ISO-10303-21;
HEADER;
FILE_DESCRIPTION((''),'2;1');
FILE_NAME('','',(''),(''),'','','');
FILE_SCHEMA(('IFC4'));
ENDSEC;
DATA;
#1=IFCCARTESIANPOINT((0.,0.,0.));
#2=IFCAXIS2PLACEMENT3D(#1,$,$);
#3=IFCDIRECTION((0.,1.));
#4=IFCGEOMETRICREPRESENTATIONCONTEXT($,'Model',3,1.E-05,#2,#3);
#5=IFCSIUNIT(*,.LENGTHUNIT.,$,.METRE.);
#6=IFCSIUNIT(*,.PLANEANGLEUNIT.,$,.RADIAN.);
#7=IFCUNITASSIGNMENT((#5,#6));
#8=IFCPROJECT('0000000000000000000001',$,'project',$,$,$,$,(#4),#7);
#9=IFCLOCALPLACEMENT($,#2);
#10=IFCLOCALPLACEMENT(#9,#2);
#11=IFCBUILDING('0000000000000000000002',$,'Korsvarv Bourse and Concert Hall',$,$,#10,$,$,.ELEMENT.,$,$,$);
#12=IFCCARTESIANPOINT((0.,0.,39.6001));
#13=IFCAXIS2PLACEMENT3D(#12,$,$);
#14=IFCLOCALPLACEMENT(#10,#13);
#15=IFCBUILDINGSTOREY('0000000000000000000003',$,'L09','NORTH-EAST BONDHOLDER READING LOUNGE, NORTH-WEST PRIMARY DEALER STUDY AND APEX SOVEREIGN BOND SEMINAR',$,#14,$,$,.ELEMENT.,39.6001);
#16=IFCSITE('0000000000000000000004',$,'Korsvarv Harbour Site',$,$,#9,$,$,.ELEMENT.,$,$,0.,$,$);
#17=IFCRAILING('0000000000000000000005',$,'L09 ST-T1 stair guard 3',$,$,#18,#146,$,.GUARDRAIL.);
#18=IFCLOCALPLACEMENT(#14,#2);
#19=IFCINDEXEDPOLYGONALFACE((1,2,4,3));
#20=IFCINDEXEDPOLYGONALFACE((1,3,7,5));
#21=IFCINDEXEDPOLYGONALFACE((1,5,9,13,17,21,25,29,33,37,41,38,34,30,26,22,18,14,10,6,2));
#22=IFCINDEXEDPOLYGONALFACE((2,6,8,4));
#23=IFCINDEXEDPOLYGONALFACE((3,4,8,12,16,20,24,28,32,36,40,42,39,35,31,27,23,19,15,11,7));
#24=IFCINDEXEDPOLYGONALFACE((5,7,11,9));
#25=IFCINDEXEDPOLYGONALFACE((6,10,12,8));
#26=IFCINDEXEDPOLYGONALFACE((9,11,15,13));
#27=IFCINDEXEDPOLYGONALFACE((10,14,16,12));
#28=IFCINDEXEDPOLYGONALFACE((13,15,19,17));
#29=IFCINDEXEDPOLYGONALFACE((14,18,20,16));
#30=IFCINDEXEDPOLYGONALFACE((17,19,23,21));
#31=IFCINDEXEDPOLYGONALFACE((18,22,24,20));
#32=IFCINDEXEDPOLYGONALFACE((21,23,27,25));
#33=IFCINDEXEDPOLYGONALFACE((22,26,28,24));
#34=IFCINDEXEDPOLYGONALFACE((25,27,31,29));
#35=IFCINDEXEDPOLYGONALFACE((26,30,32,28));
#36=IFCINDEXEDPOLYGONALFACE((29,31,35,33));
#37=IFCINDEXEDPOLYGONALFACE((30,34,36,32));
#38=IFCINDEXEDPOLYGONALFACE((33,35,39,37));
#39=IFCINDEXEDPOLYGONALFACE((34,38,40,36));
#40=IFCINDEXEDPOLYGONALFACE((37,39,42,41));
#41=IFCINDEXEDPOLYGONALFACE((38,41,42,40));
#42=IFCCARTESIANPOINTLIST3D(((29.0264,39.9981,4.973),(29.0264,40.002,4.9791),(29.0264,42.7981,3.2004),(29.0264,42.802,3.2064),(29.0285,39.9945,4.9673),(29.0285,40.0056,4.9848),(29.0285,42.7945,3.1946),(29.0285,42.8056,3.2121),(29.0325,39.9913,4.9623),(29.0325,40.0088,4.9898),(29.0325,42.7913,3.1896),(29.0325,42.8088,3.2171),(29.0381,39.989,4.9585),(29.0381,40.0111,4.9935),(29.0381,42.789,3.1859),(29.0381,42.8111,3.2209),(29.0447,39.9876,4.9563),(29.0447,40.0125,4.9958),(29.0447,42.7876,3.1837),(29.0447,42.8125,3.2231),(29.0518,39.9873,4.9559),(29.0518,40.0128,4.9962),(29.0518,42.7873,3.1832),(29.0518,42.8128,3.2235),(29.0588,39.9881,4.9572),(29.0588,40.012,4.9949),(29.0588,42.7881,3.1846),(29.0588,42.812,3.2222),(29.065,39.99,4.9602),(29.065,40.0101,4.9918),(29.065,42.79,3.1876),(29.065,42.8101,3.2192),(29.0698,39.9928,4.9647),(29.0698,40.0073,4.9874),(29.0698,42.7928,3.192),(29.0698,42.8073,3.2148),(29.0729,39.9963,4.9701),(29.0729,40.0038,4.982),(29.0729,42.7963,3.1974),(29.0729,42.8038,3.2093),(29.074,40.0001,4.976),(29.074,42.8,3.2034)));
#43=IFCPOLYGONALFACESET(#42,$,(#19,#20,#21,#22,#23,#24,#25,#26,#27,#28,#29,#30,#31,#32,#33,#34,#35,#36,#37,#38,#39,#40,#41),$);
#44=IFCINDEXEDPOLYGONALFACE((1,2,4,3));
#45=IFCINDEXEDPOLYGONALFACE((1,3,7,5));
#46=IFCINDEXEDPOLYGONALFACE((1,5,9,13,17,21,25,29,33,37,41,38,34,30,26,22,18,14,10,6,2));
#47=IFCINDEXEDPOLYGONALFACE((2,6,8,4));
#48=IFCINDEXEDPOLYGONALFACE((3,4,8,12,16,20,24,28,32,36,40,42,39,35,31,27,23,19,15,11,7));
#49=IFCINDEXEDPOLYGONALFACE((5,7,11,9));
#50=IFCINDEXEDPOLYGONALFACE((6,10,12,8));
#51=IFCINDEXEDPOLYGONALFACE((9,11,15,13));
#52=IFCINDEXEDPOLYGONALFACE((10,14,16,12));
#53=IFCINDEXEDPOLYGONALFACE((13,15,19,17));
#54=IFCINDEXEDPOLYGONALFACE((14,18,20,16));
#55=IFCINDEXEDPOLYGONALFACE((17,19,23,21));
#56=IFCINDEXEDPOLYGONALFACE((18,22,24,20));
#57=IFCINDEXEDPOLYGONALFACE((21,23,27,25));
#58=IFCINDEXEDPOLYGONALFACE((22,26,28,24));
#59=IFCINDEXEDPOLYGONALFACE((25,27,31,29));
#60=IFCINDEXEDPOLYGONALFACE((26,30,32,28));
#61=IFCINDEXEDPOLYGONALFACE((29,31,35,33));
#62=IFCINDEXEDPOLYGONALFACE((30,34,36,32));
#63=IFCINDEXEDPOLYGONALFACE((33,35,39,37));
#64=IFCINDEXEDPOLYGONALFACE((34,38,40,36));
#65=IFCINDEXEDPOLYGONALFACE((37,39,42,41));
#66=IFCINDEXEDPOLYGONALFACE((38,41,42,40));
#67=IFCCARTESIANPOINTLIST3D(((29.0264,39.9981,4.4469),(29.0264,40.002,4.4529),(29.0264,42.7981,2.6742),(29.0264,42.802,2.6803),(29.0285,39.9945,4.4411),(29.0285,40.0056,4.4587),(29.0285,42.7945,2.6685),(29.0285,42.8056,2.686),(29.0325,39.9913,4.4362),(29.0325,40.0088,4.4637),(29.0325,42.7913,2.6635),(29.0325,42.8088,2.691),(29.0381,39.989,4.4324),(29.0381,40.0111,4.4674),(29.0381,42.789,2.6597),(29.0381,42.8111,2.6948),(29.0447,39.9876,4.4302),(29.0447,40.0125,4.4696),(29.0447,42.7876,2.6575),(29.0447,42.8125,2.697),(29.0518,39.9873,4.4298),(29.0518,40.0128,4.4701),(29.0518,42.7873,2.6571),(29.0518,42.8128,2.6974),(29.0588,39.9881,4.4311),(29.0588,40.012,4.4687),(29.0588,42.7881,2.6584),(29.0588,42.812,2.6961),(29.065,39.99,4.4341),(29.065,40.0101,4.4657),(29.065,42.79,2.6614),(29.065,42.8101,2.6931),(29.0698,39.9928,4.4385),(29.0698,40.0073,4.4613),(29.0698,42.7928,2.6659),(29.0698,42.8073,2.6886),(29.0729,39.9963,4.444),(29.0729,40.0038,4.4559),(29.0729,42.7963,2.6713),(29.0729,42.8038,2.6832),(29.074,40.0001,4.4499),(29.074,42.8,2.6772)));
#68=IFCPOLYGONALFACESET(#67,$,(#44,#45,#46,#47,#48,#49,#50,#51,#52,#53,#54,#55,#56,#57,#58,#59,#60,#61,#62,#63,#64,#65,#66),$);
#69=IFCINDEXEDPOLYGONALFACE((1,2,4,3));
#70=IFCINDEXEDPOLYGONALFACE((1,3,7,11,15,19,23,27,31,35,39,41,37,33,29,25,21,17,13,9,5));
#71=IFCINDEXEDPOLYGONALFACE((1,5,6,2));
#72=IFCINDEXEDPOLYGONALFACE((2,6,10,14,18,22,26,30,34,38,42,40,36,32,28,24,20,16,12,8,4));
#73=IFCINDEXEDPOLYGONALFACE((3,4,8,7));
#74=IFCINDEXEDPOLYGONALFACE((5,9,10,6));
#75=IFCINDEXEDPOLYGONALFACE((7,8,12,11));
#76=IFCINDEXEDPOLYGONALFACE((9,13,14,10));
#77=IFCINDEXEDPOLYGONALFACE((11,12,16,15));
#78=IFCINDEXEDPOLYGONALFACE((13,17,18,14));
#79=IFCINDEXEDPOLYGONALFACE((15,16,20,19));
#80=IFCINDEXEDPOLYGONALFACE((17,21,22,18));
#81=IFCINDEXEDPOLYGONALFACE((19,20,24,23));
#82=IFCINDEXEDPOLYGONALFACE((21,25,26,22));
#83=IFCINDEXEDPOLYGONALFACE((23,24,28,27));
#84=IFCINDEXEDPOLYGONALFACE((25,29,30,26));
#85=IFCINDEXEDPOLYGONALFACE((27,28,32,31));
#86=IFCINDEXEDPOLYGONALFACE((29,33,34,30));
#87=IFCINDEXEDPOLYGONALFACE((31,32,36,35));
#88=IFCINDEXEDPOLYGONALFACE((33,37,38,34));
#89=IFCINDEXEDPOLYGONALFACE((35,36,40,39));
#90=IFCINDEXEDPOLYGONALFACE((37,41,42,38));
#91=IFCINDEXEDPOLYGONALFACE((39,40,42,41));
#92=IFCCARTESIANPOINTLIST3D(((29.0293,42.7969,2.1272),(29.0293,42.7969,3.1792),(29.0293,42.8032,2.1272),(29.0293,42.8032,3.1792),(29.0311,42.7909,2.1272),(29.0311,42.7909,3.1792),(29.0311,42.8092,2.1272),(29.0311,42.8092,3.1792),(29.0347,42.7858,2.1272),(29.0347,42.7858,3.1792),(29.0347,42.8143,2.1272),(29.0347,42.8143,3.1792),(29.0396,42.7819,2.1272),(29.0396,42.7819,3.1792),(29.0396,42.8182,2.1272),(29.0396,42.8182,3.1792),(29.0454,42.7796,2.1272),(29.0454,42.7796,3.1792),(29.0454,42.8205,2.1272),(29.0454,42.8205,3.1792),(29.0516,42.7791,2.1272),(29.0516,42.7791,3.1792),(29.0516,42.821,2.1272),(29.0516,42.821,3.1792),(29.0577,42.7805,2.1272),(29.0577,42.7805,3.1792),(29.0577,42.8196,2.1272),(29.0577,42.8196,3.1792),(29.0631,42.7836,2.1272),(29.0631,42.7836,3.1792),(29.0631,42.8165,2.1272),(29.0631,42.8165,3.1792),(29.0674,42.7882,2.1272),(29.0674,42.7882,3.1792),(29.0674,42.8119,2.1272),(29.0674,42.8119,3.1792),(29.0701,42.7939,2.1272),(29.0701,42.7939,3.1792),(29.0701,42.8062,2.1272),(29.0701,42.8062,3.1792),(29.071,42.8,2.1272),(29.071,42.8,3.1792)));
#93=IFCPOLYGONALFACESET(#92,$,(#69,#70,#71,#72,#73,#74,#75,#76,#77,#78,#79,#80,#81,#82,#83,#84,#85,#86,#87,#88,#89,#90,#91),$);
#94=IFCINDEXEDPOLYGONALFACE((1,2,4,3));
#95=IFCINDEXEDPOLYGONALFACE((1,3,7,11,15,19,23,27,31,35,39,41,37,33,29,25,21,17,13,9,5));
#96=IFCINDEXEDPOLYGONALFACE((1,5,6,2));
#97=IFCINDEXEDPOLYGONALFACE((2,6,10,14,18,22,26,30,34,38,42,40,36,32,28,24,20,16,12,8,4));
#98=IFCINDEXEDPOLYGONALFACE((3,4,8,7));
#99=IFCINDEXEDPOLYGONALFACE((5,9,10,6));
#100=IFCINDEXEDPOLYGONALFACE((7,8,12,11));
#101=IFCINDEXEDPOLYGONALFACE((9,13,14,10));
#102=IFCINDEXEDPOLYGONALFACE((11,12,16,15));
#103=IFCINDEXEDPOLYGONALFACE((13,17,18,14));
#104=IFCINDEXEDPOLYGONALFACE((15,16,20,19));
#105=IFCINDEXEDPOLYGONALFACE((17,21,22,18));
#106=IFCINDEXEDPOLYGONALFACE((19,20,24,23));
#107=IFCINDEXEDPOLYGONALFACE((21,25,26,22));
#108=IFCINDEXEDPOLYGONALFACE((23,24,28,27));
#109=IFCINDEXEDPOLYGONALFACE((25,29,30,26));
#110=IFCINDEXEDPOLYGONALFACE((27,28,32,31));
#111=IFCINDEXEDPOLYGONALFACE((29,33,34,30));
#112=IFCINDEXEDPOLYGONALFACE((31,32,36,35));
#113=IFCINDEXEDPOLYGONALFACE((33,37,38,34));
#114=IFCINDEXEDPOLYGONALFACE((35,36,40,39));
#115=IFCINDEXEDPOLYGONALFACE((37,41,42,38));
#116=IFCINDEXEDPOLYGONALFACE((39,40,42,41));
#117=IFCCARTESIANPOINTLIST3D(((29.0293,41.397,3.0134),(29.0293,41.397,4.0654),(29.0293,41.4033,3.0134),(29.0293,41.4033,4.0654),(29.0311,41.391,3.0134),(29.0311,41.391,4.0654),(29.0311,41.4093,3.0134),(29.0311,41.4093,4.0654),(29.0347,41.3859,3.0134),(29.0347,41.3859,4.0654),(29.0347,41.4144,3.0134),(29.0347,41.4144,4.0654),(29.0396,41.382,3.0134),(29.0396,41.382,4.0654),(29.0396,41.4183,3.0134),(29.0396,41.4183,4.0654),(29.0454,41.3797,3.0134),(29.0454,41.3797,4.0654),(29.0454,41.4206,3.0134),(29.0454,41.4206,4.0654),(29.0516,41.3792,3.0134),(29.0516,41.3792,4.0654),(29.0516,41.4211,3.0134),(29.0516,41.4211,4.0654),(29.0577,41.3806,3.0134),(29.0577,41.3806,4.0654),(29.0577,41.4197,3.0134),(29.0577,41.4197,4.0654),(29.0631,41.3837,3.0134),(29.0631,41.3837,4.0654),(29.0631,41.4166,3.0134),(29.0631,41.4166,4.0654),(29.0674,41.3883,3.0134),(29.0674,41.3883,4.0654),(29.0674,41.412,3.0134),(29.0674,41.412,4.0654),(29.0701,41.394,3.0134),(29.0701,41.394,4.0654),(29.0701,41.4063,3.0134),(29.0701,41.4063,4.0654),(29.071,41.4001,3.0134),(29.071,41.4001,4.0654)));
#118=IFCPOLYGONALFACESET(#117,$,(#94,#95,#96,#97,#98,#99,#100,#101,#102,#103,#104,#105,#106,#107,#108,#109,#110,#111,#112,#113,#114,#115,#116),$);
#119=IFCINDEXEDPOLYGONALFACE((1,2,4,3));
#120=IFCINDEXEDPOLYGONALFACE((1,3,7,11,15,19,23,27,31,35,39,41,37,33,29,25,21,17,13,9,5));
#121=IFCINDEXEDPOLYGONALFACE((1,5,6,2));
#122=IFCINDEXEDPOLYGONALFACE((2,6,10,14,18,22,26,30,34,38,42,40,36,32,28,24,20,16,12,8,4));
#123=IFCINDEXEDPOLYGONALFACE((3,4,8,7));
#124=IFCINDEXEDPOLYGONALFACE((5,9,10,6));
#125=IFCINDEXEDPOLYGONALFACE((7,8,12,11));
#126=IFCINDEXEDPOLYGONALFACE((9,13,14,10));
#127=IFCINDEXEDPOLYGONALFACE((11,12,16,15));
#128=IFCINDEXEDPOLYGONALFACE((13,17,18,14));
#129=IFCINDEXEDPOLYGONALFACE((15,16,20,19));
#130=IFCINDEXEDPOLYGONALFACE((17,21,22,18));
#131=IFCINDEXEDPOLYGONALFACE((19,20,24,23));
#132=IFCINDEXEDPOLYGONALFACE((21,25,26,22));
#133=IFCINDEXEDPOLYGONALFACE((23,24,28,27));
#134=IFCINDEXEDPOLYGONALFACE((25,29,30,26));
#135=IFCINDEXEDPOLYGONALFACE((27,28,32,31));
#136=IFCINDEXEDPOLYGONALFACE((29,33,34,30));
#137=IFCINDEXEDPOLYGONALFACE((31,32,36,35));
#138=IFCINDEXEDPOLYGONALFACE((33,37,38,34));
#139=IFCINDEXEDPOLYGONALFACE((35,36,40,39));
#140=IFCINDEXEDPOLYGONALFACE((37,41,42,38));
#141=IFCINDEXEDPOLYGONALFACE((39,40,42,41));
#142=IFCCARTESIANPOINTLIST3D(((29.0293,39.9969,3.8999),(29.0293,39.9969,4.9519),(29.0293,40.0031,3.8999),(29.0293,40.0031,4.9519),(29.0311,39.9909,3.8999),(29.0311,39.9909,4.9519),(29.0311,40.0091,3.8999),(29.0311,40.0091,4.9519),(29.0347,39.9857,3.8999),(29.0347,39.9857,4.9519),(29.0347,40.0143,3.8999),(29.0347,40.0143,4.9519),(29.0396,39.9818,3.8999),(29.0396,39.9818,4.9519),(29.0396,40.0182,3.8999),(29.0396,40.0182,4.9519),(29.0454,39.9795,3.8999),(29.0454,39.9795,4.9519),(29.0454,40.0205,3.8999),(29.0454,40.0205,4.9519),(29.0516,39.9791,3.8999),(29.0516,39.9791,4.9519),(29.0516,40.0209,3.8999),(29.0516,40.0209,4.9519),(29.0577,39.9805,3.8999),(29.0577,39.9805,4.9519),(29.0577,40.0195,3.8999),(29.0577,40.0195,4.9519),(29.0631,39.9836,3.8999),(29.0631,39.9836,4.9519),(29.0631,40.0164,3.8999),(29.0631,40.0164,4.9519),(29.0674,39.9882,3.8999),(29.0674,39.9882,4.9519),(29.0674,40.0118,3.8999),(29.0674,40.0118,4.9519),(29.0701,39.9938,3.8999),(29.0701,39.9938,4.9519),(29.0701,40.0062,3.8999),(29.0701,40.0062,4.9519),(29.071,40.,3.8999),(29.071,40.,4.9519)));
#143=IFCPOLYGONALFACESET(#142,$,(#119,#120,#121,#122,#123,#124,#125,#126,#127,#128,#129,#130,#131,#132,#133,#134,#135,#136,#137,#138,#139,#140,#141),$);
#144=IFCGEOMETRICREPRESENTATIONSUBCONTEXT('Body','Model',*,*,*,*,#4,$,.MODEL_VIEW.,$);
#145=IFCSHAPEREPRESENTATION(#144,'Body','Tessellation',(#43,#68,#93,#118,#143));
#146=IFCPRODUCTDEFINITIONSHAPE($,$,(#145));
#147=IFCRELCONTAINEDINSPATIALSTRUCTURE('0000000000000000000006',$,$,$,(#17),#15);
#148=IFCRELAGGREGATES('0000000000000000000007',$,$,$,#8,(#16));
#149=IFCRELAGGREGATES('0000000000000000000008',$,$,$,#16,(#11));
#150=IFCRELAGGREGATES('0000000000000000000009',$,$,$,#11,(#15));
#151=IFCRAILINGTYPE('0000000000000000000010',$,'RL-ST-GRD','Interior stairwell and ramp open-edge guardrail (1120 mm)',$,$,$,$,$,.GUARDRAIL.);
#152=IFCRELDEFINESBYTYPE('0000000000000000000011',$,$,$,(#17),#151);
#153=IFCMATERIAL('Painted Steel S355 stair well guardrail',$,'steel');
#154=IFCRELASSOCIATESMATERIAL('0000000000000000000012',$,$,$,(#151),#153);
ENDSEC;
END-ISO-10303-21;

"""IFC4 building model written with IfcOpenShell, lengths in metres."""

from ifc_helpers import new_model, si_unit, direction, frame, origin, origin_2d, place, context, subcontext, project, spatial, circle, extrude, material, type_object, element, save


model = new_model("IFC4")

# Units and contexts
model_context = context("Model", 3, precision=1e-05, world=origin(), true_north=direction((0.0, 1.0)))
body_context = subcontext(model_context, "Body", "Model", "MODEL_VIEW")
ifc_project = project(units=[si_unit("LENGTHUNIT", "METRE"), si_unit("PLANEANGLEUNIT", "RADIAN")], contexts=[model_context])

# Site, building, storey
site_placement = place(None, origin())
site = spatial("IfcSite", under=ifc_project, at=site_placement, Name="Korsvarv Harbour Site", CompositionType="ELEMENT", RefElevation=0.0)
building_placement = place(site_placement, origin())
building = spatial("IfcBuilding", under=site, at=building_placement, Name="Korsvarv Bourse and Concert Hall", CompositionType="ELEMENT")
storey_placement = place(building_placement, frame((0.0, 0.0, 39.6001)))
storey = spatial("IfcBuildingStorey", under=building, at=storey_placement, Name="L09", Description="NORTH-EAST BONDHOLDER READING LOUNGE, NORTH-WEST PRIMARY DEALER STUDY AND APEX SOVEREIGN BOND SEMINAR", CompositionType="ELEMENT", Elevation=39.6001)

# Railing
ifc_material_1 = material(Name="Painted Steel S355 stair well guardrail", Category="steel")
railing_type_1 = type_object("IfcRailingType", Name="RL-ST-GRD", Description="Interior stairwell and ramp open-edge guardrail (1120 mm)", PredefinedType="GUARDRAIL", material=ifc_material_1)
railing_1_placement = place(storey_placement, frame((29.05, 42.8, 2.1272)))
element("IfcRailing", 1, at=railing_1_placement, inside=storey, type_object=railing_type_1, Name="L09 ST-T1 stair guard 3", PredefinedType="GUARDRAIL", context=body_context, shape_type="SweptSolid", body=[
    extrude(circle(Radius=0.0239, at=origin_2d()), frame((0.0, 0.0, 1.0762), z_axis=(0.0, -0.844909, 0.53491), x_axis=(1.0, 0.0, 0.0)), (0.0, 0.0, 1.0), 3.314),
    extrude(circle(Radius=0.0239, at=origin_2d()), frame((0.0, 0.0, 0.55), z_axis=(0.0, -0.844909, 0.53491), x_axis=(1.0, 0.0, 0.0)), (0.0, 0.0, 1.0), 3.314),
    extrude(circle(Radius=0.021, at=origin_2d()), origin(), (0.0, 0.0, 1.0), 1.052),
    extrude(circle(Radius=0.021, at=origin_2d()), frame((0.0, -1.3999, 0.8862)), (0.0, 0.0, 1.0), 1.052),
    extrude(circle(Radius=0.021, at=origin_2d()), frame((0.0, -2.8, 1.7727)), (0.0, 0.0, 1.0), 1.052),
])

save(model, "model.ifc")
